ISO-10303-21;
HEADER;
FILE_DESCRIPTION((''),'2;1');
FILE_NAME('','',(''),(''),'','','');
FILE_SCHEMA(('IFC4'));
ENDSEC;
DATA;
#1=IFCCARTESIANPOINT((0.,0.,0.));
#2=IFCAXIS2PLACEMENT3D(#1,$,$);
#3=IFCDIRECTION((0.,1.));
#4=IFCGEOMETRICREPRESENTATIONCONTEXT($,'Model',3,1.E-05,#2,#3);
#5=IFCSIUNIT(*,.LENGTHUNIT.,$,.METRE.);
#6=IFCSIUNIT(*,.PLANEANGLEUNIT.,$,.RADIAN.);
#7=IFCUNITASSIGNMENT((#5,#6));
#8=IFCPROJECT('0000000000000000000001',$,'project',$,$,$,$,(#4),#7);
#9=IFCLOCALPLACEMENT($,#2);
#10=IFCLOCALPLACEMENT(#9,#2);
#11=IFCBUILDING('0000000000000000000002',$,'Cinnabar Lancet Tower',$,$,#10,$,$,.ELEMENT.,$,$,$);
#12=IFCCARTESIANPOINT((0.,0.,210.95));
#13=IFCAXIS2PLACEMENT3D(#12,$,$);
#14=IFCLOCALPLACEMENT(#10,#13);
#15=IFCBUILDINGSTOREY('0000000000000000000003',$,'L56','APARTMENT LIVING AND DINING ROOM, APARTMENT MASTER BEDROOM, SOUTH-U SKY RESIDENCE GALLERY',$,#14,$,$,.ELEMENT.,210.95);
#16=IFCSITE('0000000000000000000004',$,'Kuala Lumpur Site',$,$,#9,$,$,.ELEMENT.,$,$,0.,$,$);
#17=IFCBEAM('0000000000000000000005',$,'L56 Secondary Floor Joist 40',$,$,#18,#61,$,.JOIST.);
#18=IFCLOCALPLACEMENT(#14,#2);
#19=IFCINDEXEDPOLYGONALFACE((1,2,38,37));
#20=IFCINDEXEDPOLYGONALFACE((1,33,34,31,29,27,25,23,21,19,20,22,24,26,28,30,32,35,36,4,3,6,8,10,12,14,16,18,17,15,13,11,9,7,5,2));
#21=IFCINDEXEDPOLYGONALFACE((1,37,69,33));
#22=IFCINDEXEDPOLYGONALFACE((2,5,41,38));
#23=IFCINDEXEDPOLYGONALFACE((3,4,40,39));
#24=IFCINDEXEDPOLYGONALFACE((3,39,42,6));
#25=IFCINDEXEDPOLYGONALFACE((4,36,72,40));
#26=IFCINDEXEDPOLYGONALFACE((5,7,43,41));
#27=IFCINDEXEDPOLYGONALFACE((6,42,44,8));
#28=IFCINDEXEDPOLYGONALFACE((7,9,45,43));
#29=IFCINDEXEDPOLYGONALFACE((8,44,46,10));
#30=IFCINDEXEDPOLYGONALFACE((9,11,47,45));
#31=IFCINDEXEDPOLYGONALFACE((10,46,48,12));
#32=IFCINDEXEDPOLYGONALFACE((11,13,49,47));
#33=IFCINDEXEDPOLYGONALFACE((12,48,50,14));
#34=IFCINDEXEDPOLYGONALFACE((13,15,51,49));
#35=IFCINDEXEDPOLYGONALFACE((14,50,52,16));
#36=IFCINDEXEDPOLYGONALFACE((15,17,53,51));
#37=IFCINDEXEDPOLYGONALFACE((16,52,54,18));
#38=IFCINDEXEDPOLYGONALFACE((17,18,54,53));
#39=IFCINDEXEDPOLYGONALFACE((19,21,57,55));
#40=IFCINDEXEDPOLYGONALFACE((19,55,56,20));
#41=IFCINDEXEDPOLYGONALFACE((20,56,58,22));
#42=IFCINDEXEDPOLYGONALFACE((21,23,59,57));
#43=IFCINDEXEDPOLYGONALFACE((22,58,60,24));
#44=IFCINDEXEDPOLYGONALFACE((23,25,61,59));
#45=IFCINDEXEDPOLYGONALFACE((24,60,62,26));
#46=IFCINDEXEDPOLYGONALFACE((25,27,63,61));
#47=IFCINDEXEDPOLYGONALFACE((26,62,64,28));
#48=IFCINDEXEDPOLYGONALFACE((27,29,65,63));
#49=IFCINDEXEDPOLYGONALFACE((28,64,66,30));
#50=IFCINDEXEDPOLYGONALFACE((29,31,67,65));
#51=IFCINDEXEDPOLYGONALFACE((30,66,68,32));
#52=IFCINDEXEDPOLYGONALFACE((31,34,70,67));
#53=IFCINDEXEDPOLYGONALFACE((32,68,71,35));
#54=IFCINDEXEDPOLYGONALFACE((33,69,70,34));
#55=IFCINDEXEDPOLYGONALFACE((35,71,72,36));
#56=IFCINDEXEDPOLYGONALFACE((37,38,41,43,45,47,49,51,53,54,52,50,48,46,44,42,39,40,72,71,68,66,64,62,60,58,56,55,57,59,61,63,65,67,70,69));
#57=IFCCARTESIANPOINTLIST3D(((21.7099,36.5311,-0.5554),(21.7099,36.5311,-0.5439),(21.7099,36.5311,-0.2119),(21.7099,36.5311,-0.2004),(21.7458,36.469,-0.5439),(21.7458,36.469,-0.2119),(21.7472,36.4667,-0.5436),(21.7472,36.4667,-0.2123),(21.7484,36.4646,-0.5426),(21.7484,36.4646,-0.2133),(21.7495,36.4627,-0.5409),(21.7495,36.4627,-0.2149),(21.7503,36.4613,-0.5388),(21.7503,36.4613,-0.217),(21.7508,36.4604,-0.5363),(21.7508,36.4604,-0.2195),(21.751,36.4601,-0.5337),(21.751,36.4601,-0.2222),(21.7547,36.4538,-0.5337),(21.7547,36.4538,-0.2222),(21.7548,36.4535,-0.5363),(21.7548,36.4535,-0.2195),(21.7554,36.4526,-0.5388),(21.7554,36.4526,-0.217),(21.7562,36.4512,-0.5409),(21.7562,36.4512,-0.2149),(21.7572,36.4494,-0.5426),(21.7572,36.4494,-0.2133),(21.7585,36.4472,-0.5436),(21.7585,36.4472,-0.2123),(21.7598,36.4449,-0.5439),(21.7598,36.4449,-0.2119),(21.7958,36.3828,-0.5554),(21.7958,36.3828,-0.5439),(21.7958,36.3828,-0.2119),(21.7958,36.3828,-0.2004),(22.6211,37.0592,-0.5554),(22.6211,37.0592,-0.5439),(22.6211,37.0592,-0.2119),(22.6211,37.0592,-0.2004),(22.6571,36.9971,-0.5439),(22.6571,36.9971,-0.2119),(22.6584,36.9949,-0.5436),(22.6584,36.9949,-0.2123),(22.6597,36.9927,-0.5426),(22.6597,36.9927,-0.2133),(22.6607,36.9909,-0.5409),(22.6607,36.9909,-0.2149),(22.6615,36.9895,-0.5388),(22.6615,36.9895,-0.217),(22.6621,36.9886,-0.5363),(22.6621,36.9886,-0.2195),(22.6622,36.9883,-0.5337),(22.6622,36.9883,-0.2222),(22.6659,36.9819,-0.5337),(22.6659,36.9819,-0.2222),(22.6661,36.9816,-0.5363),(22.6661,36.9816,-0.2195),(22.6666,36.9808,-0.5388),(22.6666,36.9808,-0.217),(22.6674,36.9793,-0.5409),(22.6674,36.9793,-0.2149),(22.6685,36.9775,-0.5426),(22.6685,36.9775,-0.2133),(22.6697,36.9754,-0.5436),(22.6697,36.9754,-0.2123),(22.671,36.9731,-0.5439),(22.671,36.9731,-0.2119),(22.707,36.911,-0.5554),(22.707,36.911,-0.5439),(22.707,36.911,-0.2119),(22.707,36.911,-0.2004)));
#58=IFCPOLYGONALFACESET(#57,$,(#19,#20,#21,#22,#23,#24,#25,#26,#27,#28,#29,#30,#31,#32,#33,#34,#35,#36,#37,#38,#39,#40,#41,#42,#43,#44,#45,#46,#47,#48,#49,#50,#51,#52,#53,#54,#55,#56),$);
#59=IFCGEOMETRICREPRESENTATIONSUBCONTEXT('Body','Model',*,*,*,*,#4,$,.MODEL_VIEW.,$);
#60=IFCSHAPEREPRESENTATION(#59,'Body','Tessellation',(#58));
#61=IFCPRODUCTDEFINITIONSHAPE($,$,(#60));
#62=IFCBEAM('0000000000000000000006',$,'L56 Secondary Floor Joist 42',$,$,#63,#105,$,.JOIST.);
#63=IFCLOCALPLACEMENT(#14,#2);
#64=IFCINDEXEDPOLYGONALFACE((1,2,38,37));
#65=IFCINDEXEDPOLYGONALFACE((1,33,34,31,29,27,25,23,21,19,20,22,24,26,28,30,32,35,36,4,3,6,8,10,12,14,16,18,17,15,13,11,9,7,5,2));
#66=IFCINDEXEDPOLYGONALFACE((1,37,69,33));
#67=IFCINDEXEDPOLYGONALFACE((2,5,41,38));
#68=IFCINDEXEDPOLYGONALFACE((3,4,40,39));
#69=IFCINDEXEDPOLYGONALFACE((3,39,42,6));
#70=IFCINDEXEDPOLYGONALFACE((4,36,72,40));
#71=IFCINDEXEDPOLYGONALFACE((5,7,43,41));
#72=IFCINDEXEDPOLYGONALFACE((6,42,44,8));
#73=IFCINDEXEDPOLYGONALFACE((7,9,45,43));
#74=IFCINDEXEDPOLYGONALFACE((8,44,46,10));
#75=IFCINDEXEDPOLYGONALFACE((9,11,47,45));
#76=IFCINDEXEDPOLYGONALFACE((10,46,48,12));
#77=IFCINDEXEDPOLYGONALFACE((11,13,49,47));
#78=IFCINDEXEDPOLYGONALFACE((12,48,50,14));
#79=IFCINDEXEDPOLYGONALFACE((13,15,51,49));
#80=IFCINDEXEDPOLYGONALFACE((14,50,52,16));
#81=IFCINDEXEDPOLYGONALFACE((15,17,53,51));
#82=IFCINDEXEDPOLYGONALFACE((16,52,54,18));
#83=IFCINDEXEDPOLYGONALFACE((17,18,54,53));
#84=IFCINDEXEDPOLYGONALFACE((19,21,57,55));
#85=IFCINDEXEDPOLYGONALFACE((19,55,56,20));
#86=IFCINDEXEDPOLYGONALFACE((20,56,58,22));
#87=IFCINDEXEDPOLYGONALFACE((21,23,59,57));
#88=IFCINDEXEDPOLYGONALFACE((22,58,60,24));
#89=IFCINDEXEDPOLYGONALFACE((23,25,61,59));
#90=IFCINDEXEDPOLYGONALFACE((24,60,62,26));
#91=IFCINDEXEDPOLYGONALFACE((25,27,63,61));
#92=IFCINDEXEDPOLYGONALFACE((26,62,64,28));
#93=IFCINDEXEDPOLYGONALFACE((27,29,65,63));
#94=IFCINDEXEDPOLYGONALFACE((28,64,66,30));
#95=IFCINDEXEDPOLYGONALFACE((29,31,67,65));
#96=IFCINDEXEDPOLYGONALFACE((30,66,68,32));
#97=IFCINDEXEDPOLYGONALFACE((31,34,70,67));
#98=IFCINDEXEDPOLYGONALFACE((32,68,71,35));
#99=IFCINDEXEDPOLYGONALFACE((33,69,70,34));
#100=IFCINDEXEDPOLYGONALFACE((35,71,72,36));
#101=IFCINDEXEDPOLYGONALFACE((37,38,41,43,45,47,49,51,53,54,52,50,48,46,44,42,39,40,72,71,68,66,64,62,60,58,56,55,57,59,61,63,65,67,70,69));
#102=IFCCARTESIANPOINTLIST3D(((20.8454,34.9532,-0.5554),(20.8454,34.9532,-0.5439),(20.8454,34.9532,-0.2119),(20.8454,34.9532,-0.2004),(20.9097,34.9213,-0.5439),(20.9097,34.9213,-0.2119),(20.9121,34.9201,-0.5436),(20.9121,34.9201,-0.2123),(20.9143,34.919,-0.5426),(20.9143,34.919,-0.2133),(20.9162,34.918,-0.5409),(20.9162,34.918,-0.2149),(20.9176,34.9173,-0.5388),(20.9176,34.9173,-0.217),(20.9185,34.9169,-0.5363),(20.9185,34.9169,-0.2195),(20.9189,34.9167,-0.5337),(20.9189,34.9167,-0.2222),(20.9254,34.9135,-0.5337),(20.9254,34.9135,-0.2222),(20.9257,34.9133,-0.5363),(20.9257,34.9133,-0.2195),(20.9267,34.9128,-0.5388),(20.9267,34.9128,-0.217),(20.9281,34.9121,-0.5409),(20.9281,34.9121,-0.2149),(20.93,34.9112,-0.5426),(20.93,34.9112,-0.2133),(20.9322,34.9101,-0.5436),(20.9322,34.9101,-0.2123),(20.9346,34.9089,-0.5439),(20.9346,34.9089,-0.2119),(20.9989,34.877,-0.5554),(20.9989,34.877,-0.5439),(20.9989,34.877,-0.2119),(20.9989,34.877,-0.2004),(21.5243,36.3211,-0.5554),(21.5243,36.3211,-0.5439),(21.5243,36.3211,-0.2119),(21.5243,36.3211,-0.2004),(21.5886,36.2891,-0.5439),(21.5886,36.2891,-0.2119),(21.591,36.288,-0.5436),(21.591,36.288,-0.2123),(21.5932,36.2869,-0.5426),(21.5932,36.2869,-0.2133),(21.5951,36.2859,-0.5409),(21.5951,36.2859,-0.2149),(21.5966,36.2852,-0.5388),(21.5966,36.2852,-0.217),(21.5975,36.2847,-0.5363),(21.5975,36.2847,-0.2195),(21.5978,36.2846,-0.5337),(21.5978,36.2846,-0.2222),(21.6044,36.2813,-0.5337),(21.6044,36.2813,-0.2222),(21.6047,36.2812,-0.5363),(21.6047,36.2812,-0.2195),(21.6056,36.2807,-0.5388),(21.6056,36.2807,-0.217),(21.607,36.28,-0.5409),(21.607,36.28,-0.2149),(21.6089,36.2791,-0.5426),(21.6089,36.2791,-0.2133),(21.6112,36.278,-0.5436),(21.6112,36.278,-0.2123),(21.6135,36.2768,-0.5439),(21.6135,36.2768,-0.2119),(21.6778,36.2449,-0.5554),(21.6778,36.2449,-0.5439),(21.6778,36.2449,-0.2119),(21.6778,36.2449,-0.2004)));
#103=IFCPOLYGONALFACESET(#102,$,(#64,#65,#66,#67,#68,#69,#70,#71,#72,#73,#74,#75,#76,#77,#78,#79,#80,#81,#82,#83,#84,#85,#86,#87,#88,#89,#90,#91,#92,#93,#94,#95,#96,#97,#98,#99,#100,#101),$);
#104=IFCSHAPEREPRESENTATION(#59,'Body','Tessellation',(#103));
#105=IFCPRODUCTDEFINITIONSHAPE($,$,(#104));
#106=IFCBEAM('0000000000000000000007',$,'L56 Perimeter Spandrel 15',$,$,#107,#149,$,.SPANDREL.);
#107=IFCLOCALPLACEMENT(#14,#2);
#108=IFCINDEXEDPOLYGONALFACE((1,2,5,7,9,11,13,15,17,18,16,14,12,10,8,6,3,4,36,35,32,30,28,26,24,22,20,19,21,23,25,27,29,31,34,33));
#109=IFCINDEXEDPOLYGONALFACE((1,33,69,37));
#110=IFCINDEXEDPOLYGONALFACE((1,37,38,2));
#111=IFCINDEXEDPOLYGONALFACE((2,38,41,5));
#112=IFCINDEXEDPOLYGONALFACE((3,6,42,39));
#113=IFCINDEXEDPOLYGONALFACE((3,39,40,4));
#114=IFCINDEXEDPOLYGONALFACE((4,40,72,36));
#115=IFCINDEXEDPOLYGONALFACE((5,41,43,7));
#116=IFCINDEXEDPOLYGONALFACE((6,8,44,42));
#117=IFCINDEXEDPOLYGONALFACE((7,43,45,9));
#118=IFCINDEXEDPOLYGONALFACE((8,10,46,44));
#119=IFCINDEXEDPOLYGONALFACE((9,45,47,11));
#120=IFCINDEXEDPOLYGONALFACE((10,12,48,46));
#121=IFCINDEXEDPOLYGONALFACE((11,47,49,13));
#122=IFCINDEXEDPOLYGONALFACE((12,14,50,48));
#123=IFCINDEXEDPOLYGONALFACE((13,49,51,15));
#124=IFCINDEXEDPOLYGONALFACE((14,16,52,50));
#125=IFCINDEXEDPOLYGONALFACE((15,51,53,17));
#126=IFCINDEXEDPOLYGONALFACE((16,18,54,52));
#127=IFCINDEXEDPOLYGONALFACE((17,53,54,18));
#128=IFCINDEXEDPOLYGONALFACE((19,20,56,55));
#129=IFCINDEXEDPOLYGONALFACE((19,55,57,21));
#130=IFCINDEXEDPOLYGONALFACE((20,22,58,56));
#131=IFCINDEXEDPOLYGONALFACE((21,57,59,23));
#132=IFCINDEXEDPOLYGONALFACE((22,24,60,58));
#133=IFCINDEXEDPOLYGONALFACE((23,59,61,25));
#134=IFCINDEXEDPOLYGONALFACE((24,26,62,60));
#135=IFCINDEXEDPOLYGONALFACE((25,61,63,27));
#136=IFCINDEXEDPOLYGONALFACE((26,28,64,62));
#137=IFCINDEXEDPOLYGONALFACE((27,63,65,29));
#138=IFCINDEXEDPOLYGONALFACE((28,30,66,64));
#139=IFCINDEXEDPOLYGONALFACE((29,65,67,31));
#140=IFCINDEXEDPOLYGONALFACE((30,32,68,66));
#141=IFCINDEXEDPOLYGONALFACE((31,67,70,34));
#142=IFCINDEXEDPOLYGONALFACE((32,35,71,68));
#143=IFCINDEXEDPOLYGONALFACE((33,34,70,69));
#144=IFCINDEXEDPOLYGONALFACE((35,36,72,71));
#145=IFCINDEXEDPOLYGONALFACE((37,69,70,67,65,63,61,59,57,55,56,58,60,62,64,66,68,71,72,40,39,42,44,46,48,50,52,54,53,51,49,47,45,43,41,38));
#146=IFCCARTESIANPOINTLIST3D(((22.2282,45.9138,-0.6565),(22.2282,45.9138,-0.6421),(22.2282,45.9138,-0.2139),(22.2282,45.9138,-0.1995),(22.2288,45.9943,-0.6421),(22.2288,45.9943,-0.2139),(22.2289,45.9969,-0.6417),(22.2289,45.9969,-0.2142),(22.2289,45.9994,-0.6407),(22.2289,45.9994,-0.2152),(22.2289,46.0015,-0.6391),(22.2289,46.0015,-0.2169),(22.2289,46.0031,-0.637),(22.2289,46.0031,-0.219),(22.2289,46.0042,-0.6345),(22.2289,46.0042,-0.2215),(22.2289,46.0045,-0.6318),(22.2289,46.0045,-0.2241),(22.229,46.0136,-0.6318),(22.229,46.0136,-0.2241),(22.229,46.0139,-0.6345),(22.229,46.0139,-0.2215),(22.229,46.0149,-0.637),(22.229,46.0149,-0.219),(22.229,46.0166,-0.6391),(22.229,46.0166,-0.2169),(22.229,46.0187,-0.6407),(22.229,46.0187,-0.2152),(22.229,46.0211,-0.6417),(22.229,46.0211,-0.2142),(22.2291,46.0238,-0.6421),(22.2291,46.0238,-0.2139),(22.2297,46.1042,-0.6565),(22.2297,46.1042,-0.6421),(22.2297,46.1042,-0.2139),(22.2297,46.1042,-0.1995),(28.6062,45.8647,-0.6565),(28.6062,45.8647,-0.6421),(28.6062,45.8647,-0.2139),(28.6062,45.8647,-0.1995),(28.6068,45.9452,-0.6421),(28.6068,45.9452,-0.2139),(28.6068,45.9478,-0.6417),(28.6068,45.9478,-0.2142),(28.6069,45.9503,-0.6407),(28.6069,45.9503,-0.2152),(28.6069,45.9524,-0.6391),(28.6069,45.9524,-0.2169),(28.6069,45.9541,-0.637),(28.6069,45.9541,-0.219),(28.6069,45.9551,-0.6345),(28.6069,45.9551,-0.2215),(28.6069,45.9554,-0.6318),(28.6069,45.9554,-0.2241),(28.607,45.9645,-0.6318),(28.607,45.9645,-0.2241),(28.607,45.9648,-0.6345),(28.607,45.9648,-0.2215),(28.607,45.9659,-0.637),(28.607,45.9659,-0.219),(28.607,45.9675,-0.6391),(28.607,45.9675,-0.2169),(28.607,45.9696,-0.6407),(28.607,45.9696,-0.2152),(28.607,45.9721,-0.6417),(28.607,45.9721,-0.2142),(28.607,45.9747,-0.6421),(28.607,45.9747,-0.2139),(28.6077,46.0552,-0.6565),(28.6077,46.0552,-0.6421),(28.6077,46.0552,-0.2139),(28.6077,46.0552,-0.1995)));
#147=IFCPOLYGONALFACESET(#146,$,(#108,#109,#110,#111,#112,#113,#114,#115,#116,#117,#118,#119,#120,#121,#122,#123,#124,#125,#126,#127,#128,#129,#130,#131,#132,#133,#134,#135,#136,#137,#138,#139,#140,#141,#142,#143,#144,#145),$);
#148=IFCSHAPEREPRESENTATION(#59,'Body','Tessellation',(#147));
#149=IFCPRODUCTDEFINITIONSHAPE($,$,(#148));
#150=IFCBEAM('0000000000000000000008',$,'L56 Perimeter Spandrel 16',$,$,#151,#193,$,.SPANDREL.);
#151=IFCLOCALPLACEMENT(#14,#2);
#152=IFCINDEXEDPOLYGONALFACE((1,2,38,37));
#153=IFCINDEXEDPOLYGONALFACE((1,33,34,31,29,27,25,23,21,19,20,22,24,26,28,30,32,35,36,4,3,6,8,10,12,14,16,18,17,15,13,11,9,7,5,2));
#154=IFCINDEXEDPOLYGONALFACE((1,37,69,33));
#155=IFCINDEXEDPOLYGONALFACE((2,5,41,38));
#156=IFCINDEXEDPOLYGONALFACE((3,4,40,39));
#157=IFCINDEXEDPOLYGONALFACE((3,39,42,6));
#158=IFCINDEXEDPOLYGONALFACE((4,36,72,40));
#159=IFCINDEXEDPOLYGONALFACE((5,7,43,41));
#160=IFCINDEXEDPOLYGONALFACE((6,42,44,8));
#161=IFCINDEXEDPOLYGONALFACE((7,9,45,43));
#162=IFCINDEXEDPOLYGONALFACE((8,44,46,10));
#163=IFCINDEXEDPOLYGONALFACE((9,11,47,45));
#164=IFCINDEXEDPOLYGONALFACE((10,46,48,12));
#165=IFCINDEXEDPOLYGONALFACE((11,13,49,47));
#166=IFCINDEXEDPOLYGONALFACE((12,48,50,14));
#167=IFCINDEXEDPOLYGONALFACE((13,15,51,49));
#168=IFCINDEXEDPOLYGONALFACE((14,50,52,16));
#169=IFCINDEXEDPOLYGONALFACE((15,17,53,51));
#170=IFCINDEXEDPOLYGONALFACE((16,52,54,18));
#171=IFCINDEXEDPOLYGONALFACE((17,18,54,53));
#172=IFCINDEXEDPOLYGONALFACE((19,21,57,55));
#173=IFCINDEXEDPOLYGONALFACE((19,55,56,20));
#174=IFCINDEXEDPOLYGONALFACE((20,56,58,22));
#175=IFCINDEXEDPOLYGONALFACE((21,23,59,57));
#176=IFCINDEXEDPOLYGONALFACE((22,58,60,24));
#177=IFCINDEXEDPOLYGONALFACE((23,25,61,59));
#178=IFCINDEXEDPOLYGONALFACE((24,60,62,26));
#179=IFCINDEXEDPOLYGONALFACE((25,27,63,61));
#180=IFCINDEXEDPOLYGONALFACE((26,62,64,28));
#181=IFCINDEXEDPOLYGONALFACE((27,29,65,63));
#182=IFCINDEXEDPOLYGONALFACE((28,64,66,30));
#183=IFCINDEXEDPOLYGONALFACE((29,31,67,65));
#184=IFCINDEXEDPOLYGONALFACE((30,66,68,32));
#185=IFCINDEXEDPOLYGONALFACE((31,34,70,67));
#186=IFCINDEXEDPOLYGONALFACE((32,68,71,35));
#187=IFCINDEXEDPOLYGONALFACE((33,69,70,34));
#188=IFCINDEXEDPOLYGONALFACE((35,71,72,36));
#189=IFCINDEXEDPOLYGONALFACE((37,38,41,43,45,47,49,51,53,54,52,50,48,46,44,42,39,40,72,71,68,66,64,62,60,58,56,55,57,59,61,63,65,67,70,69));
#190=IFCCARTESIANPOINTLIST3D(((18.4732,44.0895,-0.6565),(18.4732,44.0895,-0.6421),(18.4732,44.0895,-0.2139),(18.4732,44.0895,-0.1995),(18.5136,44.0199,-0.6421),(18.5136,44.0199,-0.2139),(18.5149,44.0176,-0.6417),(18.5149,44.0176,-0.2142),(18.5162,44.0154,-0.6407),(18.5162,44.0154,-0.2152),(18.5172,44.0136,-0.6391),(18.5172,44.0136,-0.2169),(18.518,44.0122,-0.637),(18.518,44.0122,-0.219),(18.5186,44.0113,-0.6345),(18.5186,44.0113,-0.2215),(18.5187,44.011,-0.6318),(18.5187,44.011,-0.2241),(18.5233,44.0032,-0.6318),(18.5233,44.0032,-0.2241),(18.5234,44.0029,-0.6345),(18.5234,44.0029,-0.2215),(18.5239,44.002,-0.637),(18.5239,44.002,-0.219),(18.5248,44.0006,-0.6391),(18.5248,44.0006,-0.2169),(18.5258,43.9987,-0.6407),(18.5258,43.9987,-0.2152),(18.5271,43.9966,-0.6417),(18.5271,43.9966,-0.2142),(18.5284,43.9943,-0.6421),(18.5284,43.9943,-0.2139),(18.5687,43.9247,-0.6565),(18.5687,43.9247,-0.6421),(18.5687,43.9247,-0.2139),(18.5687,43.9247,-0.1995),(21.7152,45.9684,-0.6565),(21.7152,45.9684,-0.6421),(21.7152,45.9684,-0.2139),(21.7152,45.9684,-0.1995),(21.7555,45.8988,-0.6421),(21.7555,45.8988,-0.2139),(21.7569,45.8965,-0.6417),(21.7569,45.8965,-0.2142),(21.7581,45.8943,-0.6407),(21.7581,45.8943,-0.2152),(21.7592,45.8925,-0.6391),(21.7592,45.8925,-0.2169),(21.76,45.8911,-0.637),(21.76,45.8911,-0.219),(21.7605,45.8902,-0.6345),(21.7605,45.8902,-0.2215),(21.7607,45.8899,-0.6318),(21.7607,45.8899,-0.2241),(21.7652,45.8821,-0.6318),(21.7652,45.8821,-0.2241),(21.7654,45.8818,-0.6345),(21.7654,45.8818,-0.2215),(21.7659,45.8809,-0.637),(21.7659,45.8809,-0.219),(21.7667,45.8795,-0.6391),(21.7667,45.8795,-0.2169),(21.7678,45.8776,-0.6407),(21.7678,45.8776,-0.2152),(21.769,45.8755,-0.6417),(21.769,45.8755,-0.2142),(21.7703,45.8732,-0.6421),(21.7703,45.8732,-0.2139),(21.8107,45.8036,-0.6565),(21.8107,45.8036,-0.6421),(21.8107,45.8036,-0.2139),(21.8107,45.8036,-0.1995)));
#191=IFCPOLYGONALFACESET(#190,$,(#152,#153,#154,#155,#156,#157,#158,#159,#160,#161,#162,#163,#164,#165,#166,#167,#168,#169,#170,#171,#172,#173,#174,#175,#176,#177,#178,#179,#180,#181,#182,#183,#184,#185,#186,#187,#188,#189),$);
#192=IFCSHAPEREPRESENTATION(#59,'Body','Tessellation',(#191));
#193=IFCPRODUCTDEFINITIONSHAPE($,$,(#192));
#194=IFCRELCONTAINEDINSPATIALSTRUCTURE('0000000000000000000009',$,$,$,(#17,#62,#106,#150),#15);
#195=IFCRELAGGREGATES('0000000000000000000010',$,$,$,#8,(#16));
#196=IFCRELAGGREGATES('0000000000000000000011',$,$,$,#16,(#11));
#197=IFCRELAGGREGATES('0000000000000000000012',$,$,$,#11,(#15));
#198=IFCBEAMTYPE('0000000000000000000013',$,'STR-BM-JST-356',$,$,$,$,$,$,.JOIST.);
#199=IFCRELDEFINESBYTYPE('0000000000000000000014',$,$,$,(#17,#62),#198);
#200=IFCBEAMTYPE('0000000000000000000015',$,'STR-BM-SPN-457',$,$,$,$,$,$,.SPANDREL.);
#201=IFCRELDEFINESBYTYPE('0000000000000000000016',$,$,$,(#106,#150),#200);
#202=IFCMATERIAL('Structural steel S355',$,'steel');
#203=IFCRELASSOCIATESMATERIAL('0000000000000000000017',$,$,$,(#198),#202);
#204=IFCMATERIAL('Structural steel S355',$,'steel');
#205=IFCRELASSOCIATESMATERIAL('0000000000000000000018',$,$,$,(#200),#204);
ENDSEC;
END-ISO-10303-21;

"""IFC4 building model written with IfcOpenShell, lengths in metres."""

from ifc_helpers import new_model, si_unit, direction, frame, origin, origin_2d, place, context, subcontext, project, spatial, i_section, extrude, material, material_profile, profile_set, type_object, element, save


model = new_model("IFC4")

# Units and contexts
model_context = context("Model", 3, precision=1e-05, world=origin(), true_north=direction((0.0, 1.0)))
body_context = subcontext(model_context, "Body", "Model", "MODEL_VIEW")
ifc_project = project(units=[si_unit("LENGTHUNIT", "METRE"), si_unit("PLANEANGLEUNIT", "RADIAN")], contexts=[model_context])

# Site, building, storey
site_placement = place(None, origin())
site = spatial("IfcSite", under=ifc_project, at=site_placement, Name="Kuala Lumpur Site", CompositionType="ELEMENT", RefElevation=0.0)
building_placement = place(site_placement, origin())
building = spatial("IfcBuilding", under=site, at=building_placement, Name="Cinnabar Lancet Tower", CompositionType="ELEMENT")
storey_placement = place(building_placement, frame((0.0, 0.0, 210.95)))
storey = spatial("IfcBuildingStorey", under=building, at=storey_placement, Name="L56", Description="APARTMENT LIVING AND DINING ROOM, APARTMENT MASTER BEDROOM, SOUTH-U SKY RESIDENCE GALLERY", CompositionType="ELEMENT", Elevation=210.95)

# Beams
ifc_material_1 = material(Name="Structural steel S355", Category="steel")
ifc_material_profile_1 = material_profile(ifc_material_1, i_section(OverallWidth=0.1714, OverallDepth=0.355, WebThickness=0.0073, FlangeThickness=0.0115, FilletRadius=0.0103, at=origin_2d()), Name="UKB 356x171x51")
ifc_profile_set_1 = profile_set([ifc_material_profile_1], Name="Structural steel S355")
beam_type_1 = type_object("IfcBeamType", Name="STR-BM-JST-356", PredefinedType="JOIST", material=ifc_profile_set_1)
beam_1_placement = place(storey_placement, frame((22.6641, 36.9851, -0.3779), z_axis=(-0.865188, -0.501447, 0.0), x_axis=(0.501447, -0.865188, 0.0)))
element("IfcBeam", 1, at=beam_1_placement, inside=storey, type_object=beam_type_1, Name="L56 Secondary Floor Joist 40", PredefinedType="JOIST", context=body_context, shape_type="SweptSolid", body=[
    extrude(i_section(OverallWidth=0.1714, OverallDepth=0.355, WebThickness=0.0073, FlangeThickness=0.0115, FilletRadius=0.0103, at=origin_2d()), origin(), (0.0, 0.0, 1.0), 1.0532),
])
beam_2_placement = place(storey_placement, frame((21.6011, 36.283, -0.3779), z_axis=(-0.44459, -0.895734, 0.0), x_axis=(0.895734, -0.44459, 0.0)))
element("IfcBeam", 2, at=beam_2_placement, inside=storey, type_object=beam_type_1, Name="L56 Secondary Floor Joist 42", PredefinedType="JOIST", context=body_context, shape_type="SweptSolid", body=[
    extrude(i_section(OverallWidth=0.1714, OverallDepth=0.355, WebThickness=0.0073, FlangeThickness=0.0115, FilletRadius=0.0103, at=origin_2d()), origin(), (0.0, 0.0, 1.0), 1.5271),
])
ifc_material_2 = material(Name="Structural steel S355", Category="steel")
ifc_material_profile_2 = material_profile(ifc_material_2, i_section(OverallWidth=0.1904, OverallDepth=0.457, WebThickness=0.009, FlangeThickness=0.0144, FilletRadius=0.0103, at=origin_2d()), Name="UKB 457x191x74")
ifc_profile_set_2 = profile_set([ifc_material_profile_2], Name="Structural steel S355")
beam_type_2 = type_object("IfcBeamType", Name="STR-BM-SPN-457", PredefinedType="SPANDREL", material=ifc_profile_set_2)
beam_3_placement = place(storey_placement, frame((28.6069, 45.96, -0.428), z_axis=(-0.99997, 0.007694, 0.0), x_axis=(-0.007694, -0.99997, 0.0)))
element("IfcBeam", 3, at=beam_3_placement, inside=storey, type_object=beam_type_2, Name="L56 Perimeter Spandrel 15", PredefinedType="SPANDREL", context=body_context, shape_type="SweptSolid", body=[
    extrude(i_section(OverallWidth=0.1904, OverallDepth=0.457, WebThickness=0.009, FlangeThickness=0.0144, FilletRadius=0.0103, at=origin_2d()), origin(), (0.0, 0.0, 1.0), 6.3782),
])
beam_4_placement = place(storey_placement, frame((21.7629, 45.886, -0.428), z_axis=(-0.865196, -0.501434, 0.0), x_axis=(0.501434, -0.865196, 0.0)))
element("IfcBeam", 4, at=beam_4_placement, inside=storey, type_object=beam_type_2, Name="L56 Perimeter Spandrel 16", PredefinedType="SPANDREL", context=body_context, shape_type="SweptSolid", body=[
    extrude(i_section(OverallWidth=0.1904, OverallDepth=0.457, WebThickness=0.009, FlangeThickness=0.0144, FilletRadius=0.0103, at=origin_2d()), origin(), (0.0, 0.0, 1.0), 3.7471),
])

save(model, "model.ifc")
